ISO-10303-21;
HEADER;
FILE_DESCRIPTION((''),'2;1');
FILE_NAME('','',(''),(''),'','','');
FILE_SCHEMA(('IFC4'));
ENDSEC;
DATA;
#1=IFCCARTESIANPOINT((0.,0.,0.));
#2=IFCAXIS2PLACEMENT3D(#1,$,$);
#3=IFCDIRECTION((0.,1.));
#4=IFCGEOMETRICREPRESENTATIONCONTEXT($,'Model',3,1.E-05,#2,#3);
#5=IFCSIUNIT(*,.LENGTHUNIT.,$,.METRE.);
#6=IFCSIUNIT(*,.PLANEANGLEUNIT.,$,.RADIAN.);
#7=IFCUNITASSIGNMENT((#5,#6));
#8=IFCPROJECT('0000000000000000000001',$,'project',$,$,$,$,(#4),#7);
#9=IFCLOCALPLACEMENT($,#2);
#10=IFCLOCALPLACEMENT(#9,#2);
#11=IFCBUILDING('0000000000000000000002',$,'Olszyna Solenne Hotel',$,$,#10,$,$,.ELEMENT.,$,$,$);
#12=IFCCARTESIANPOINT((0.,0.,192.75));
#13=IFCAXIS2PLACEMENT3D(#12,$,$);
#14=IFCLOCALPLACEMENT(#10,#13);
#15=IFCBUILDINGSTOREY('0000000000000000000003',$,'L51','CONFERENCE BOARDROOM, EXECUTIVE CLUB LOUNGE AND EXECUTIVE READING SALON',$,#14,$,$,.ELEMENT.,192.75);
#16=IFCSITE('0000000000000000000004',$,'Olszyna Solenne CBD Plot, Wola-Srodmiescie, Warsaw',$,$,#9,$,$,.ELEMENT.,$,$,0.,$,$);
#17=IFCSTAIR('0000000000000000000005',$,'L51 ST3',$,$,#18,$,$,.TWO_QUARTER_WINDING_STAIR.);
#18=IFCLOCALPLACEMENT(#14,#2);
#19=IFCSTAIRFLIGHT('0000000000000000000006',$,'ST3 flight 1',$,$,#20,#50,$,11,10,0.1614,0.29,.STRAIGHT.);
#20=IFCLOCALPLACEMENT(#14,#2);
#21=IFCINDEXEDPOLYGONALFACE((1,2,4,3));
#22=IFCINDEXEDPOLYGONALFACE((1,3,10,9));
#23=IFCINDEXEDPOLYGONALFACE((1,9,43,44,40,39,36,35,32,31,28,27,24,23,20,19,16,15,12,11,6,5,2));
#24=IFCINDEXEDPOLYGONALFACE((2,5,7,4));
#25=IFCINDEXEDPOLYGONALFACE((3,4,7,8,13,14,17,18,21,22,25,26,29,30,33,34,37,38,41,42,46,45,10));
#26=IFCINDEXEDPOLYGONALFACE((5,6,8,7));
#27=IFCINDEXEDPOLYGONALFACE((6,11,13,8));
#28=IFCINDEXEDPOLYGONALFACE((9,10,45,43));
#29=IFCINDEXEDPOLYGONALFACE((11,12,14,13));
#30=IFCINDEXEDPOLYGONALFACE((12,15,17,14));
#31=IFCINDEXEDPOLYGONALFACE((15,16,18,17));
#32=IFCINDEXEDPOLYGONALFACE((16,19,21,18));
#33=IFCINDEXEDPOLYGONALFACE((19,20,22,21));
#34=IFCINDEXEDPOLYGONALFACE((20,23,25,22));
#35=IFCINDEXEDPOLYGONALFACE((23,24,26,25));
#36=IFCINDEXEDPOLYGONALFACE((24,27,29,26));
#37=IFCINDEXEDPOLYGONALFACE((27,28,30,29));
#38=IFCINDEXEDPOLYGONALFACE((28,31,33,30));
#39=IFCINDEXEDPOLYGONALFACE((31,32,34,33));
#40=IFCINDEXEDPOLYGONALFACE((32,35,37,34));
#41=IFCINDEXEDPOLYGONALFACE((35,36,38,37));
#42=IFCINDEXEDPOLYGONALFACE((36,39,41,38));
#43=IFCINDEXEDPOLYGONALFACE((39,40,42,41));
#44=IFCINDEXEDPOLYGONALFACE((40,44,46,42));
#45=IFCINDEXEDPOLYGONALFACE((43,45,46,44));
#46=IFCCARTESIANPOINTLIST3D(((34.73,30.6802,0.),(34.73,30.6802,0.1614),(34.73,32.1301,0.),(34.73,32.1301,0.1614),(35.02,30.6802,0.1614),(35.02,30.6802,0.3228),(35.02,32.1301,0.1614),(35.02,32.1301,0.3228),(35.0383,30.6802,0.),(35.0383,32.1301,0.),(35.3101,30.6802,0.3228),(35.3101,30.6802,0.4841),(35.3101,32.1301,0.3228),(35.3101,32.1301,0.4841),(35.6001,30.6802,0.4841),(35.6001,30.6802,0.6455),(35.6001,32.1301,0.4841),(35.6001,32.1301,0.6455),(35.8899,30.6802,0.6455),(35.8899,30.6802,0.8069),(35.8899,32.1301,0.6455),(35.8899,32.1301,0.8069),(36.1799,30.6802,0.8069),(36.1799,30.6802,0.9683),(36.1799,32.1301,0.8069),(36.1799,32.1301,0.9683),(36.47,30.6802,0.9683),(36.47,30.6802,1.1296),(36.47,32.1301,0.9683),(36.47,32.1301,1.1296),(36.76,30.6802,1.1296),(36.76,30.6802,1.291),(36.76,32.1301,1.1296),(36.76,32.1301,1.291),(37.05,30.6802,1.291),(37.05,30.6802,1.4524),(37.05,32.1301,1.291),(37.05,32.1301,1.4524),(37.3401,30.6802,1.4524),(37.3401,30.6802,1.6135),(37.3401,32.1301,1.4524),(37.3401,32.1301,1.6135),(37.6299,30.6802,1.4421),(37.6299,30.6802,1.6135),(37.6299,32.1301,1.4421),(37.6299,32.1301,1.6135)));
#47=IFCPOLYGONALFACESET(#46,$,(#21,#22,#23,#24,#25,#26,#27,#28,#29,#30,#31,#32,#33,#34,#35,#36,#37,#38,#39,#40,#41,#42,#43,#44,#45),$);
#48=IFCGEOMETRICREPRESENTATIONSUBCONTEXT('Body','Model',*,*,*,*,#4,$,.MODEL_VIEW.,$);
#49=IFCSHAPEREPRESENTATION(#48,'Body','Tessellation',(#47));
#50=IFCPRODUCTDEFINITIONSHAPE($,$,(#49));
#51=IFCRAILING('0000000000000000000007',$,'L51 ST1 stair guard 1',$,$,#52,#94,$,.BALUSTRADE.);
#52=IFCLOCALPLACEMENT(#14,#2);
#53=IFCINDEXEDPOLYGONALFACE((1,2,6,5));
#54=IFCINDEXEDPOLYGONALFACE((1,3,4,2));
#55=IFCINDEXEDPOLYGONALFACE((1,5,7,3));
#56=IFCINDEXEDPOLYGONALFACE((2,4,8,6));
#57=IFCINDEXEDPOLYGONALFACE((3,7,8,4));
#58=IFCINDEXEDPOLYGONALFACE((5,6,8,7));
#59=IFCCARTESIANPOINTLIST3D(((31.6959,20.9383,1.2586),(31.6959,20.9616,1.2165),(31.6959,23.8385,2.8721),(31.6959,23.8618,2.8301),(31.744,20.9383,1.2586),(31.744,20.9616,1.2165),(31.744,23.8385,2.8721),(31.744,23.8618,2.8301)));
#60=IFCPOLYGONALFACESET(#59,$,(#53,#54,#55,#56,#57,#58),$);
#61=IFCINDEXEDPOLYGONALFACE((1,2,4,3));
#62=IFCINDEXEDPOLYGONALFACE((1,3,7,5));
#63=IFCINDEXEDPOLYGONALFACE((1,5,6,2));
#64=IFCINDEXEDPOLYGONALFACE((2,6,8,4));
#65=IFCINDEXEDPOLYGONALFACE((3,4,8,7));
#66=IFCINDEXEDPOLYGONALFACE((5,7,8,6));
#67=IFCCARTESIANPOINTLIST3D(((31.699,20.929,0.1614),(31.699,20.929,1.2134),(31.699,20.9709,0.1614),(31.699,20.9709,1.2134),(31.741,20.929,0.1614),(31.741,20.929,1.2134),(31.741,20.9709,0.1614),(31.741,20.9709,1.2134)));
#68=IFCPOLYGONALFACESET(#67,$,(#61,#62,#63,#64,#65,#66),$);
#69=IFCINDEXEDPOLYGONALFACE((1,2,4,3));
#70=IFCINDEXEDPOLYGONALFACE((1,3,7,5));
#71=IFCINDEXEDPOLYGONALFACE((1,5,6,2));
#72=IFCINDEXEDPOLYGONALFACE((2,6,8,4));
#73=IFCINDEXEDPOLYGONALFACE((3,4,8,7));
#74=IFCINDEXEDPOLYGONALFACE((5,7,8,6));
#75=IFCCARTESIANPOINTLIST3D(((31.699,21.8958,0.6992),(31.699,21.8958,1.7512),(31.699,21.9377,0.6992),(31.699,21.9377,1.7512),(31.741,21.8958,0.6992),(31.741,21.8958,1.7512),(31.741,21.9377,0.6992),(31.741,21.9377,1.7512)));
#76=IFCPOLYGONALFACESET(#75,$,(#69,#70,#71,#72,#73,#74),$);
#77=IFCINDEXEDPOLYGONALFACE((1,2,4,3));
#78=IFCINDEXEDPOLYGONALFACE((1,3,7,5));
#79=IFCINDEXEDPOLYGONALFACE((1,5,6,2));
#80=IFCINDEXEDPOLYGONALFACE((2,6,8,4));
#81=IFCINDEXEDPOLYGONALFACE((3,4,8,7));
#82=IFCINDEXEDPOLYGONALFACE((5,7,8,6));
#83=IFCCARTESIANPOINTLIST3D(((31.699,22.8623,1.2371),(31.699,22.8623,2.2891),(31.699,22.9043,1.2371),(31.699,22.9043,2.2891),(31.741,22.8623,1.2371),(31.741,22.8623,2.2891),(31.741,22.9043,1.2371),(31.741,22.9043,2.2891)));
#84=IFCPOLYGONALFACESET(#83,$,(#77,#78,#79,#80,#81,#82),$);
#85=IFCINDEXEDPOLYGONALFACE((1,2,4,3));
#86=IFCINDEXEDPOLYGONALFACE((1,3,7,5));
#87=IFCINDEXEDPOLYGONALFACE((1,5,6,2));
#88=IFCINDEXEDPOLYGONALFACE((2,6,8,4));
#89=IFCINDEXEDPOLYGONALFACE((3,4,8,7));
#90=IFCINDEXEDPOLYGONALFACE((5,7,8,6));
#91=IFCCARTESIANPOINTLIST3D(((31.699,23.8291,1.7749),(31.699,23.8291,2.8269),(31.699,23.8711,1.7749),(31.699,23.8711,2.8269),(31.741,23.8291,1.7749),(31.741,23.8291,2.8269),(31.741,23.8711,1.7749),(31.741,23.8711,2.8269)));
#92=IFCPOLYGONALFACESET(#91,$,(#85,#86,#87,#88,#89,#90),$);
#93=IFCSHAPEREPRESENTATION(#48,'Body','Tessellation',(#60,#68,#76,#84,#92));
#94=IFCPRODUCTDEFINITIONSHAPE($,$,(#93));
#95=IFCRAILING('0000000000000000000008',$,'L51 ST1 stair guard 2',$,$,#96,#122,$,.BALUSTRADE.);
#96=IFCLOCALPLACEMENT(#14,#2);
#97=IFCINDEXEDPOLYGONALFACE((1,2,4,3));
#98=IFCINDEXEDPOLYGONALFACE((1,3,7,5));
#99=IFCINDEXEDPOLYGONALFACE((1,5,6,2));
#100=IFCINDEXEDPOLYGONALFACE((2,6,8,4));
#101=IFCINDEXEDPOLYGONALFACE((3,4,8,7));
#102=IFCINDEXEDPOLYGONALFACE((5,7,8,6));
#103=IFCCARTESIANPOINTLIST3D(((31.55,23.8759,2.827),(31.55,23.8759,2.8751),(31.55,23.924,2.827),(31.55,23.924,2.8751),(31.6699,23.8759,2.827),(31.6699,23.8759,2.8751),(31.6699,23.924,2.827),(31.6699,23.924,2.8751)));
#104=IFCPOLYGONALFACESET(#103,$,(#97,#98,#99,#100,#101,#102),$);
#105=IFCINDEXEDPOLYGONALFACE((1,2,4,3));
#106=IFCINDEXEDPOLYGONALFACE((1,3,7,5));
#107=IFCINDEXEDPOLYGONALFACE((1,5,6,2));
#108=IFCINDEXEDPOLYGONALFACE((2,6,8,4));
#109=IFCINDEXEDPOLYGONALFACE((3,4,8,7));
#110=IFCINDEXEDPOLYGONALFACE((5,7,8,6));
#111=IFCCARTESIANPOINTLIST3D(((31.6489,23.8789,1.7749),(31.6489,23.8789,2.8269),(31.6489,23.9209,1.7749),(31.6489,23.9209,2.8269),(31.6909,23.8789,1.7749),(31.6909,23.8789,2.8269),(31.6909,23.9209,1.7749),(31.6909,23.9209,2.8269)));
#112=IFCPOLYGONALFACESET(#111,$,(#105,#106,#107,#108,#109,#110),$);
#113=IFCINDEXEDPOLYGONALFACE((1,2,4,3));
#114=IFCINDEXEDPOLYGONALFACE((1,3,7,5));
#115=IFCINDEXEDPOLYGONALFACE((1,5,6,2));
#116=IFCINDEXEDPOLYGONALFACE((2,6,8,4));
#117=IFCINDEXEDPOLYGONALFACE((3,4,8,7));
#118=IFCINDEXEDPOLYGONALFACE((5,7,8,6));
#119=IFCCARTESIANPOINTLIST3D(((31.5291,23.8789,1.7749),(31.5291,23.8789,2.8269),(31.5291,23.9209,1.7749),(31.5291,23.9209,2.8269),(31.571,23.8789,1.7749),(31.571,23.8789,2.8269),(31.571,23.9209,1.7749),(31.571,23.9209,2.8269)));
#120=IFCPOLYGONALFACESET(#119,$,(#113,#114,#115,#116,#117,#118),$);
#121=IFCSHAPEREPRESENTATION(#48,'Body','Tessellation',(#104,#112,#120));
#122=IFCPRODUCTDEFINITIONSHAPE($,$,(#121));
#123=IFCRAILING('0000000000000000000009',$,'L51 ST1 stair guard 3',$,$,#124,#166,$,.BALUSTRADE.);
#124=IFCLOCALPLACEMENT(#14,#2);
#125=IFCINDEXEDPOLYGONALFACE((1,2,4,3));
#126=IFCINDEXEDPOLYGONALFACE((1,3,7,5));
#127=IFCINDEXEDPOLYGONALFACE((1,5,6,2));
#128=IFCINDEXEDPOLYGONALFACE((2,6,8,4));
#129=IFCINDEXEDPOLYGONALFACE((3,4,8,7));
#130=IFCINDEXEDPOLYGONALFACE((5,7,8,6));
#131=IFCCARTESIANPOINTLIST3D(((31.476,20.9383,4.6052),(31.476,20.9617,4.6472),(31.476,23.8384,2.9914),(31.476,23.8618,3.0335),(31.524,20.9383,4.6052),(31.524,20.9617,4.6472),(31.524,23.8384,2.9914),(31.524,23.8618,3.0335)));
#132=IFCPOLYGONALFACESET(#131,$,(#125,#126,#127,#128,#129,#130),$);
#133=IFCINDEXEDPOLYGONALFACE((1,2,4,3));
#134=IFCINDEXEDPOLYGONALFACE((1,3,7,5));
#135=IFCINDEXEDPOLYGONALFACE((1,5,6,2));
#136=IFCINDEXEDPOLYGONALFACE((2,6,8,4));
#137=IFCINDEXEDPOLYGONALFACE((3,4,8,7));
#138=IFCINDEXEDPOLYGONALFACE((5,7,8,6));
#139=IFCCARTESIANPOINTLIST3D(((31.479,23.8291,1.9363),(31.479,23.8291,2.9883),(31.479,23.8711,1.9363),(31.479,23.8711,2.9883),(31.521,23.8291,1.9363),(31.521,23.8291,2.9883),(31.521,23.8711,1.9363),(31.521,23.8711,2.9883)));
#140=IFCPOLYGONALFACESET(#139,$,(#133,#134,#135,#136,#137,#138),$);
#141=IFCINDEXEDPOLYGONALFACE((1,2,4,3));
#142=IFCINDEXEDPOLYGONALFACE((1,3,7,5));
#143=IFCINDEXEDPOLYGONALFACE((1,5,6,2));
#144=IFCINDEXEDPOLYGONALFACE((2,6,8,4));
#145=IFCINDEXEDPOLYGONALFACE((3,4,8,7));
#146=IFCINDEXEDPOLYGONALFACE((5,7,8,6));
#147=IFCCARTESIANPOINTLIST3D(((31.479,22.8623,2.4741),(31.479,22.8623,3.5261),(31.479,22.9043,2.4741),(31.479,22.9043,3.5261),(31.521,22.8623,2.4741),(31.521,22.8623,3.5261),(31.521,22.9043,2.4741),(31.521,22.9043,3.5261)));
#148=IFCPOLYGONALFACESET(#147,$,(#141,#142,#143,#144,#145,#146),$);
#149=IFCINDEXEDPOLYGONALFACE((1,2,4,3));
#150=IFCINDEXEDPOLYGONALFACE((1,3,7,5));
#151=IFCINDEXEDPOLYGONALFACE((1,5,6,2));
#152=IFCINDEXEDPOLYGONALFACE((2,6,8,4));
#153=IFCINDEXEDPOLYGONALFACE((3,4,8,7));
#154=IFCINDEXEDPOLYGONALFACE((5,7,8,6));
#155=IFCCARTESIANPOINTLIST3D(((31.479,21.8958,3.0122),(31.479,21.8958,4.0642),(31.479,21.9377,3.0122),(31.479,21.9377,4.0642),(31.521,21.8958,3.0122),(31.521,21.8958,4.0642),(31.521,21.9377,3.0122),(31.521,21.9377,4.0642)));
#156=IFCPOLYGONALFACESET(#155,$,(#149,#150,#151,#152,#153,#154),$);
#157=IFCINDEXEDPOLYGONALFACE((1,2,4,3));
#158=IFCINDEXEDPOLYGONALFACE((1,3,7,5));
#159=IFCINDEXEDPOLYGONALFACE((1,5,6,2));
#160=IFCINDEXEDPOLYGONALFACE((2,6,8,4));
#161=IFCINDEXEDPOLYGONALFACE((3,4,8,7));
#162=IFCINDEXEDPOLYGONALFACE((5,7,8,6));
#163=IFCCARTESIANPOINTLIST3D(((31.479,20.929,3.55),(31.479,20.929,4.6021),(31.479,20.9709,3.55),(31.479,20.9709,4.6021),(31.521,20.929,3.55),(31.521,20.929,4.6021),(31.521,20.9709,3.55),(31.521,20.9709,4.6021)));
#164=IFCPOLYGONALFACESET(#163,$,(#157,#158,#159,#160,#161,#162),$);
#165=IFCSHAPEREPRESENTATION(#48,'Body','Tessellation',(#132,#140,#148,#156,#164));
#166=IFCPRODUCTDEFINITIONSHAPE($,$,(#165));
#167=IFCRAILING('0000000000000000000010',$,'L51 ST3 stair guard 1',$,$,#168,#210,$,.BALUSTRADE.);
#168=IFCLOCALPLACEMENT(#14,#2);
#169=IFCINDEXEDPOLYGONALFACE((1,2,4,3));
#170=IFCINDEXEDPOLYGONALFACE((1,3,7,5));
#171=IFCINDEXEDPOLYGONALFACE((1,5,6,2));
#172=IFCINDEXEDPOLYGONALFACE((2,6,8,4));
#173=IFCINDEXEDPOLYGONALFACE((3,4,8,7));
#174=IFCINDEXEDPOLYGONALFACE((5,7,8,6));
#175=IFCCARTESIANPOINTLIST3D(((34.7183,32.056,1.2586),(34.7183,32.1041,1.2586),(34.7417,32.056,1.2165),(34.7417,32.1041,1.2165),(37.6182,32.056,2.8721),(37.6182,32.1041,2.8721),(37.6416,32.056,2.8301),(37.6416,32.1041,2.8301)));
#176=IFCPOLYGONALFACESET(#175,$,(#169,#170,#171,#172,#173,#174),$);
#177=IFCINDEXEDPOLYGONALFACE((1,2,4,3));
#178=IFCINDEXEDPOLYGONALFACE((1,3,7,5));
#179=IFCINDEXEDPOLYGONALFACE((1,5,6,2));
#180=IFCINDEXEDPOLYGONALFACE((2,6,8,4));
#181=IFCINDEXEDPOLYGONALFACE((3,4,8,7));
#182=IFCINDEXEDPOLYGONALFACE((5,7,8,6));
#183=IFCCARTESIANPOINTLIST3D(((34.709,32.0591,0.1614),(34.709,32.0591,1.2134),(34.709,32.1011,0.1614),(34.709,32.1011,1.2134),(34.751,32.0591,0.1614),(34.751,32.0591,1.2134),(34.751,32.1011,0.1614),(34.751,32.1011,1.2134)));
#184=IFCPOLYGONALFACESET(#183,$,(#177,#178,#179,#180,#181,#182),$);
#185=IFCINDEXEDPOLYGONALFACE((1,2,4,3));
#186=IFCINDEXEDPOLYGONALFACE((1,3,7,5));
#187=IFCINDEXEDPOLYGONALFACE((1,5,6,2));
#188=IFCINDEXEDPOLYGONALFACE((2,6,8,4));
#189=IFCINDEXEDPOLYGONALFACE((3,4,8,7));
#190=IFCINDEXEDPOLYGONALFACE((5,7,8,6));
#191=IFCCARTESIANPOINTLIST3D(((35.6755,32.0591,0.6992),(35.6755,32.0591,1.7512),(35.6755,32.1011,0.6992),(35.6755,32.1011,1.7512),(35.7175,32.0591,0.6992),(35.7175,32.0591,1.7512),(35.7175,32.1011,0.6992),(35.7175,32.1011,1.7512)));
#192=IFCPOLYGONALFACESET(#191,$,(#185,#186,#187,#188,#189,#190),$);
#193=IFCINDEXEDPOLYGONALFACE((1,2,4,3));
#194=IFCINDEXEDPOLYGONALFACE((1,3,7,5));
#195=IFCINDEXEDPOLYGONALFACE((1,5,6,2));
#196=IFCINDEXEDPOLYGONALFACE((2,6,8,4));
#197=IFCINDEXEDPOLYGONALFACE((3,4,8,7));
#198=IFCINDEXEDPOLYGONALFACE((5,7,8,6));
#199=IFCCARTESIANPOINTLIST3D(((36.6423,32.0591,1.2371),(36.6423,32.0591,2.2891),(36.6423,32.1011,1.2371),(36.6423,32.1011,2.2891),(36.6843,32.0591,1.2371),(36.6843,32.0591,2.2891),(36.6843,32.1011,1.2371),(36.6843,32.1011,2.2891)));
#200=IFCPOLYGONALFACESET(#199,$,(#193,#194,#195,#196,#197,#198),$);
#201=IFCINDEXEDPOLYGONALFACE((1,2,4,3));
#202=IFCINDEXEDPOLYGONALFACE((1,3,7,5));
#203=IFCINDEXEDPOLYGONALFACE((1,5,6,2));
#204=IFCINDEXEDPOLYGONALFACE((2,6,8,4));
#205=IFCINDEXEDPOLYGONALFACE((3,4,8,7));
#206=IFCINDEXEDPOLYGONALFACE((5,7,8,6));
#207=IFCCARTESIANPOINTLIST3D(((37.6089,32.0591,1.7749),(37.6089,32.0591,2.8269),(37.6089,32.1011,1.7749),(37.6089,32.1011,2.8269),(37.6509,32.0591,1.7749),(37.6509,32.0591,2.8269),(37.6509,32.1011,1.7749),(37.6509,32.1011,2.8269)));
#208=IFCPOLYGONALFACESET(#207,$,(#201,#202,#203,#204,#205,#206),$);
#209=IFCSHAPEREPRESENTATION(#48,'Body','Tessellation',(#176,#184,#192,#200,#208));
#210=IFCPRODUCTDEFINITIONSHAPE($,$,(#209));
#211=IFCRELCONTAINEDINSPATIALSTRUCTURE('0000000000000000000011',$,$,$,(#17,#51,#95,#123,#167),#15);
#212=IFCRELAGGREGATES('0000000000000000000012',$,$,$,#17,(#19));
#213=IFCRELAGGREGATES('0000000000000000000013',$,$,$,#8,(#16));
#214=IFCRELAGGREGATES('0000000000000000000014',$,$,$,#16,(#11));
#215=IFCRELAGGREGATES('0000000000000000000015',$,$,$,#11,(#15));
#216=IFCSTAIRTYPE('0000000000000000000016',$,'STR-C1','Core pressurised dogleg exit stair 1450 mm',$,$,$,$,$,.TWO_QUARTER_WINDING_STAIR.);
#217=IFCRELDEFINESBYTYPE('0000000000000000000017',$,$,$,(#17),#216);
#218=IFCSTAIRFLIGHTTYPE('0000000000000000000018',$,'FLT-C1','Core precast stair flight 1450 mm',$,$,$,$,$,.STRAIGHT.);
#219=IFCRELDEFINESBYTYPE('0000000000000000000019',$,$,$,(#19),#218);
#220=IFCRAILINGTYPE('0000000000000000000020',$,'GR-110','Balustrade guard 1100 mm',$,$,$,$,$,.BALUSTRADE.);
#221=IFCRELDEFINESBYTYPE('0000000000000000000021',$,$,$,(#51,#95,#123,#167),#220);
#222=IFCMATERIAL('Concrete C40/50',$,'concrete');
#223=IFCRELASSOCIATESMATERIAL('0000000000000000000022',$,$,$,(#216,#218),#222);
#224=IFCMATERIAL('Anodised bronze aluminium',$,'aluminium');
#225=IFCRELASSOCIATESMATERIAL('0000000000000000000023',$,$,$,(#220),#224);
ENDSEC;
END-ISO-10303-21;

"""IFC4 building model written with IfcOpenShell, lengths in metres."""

from ifc_helpers import new_model, si_unit, direction, frame, origin, origin_2d, place, context, subcontext, project, spatial, polyline, rectangle, outline, extrude, material, type_object, element, aggregate, save


model = new_model("IFC4")

# Units and contexts
model_context = context("Model", 3, precision=1e-05, world=origin(), true_north=direction((0.0, 1.0)))
body_context = subcontext(model_context, "Body", "Model", "MODEL_VIEW")
ifc_project = project(units=[si_unit("LENGTHUNIT", "METRE"), si_unit("PLANEANGLEUNIT", "RADIAN")], contexts=[model_context])

# Site, building, storey
site_placement = place(None, origin())
site = spatial("IfcSite", under=ifc_project, at=site_placement, Name="Olszyna Solenne CBD Plot, Wola-Srodmiescie, Warsaw", CompositionType="ELEMENT", RefElevation=0.0)
building_placement = place(site_placement, origin())
building = spatial("IfcBuilding", under=site, at=building_placement, Name="Olszyna Solenne Hotel", CompositionType="ELEMENT")
storey_placement = place(building_placement, frame((0.0, 0.0, 192.75)))
storey = spatial("IfcBuildingStorey", under=building, at=storey_placement, Name="L51", Description="CONFERENCE BOARDROOM, EXECUTIVE CLUB LOUNGE AND EXECUTIVE READING SALON", CompositionType="ELEMENT", Elevation=192.75)

# Shared definitions
ifc_material_1 = material(Name="Concrete C40/50", Category="concrete")
stair_type = type_object("IfcStairType", Name="STR-C1", Description="Core pressurised dogleg exit stair 1450 mm", PredefinedType="TWO_QUARTER_WINDING_STAIR", material=ifc_material_1)
stair_flight_type = type_object("IfcStairFlightType", Name="FLT-C1", Description="Core precast stair flight 1450 mm", PredefinedType="STRAIGHT", material=ifc_material_1)

# Stair, stair flight
stair_1_placement = place(storey_placement, origin())
stair_1 = element("IfcStair", 1, at=stair_1_placement, inside=storey, type_object=stair_type, Name="L51 ST3", PredefinedType="TWO_QUARTER_WINDING_STAIR")
stair_flight_1_placement = place(storey_placement, frame((34.73, 31.405, 0.0), z_axis=(0.0, 0.0, 1.0), x_axis=(1.0, 0.0, 0.0)))
stair_flight_1 = element("IfcStairFlight", 2, at=stair_flight_1_placement, type_object=stair_flight_type, Name="ST3 flight 1", NumberOfRisers=11, NumberOfTreads=10, PredefinedType="STRAIGHT", RiserHeight=0.1614, TreadLength=0.29, context=body_context, shape_type="SweptSolid", body=[
    extrude(outline(polyline([(0.0, 0.0), (0.0, 0.1614), (0.29, 0.1614), (0.29, 0.3228), (0.5801, 0.3228), (0.5801, 0.4841), (0.8701, 0.4841), (0.8701, 0.6455), (1.1599, 0.6455), (1.1599, 0.8069), (1.45, 0.8069), (1.45, 0.9683), (1.74, 0.9683), (1.74, 1.1296), (2.03, 1.1296), (2.03, 1.291), (2.3201, 1.291), (2.3201, 1.4524), (2.6101, 1.4524), (2.6101, 1.6135), (2.8999, 1.6135), (2.8999, 1.7749), (2.8999, 1.4421), (0.3083, 0.0), (0.0, 0.0)])), frame((0.0, 0.7251, 0.0), z_axis=(0.0, -1.0, 0.0), x_axis=(1.0, 0.0, 0.0)), (0.0, 0.0, 1.0), 1.45),
])
aggregate(stair_1, [stair_flight_1])

# Railings
ifc_material_2 = material(Name="Anodised bronze aluminium", Category="aluminium")
railing_type_1 = type_object("IfcRailingType", Name="GR-110", Description="Balustrade guard 1100 mm", PredefinedType="BALUSTRADE", material=ifc_material_2)
railing_1_placement = place(storey_placement, frame((31.72, 20.95, 0.1614)))
element("IfcRailing", 3, at=railing_1_placement, inside=storey, type_object=railing_type_1, Name="L51 ST1 stair guard 1", PredefinedType="BALUSTRADE", context=body_context, shape_type="SweptSolid", body=[
    extrude(rectangle(XDim=0.0481, YDim=0.0481, at=origin_2d()), frame((0.0, 0.0, 1.0762), z_axis=(0.0, 0.873859, 0.48618), x_axis=(-1.0, 0.0, 0.0)), (0.0, 0.0, 1.0), 3.3188),
    extrude(rectangle(XDim=0.042, YDim=0.042, at=origin_2d()), origin(), (0.0, 0.0, 1.0), 1.052),
    extrude(rectangle(XDim=0.042, YDim=0.042, at=origin_2d()), frame((0.0, 0.9668, 0.5378)), (0.0, 0.0, 1.0), 1.052),
    extrude(rectangle(XDim=0.042, YDim=0.042, at=origin_2d()), frame((0.0, 1.9333, 1.0757)), (0.0, 0.0, 1.0), 1.052),
    extrude(rectangle(XDim=0.042, YDim=0.042, at=origin_2d()), frame((0.0, 2.9001, 1.6135)), (0.0, 0.0, 1.0), 1.052),
])
railing_2_placement = place(storey_placement, frame((31.6699, 23.8999, 1.7749)))
element("IfcRailing", 4, at=railing_2_placement, inside=storey, type_object=railing_type_1, Name="L51 ST1 stair guard 2", PredefinedType="BALUSTRADE", context=body_context, shape_type="SweptSolid", body=[
    extrude(rectangle(XDim=0.0481, YDim=0.0481, at=origin_2d()), frame((0.0, 0.0, 1.0762), z_axis=(-1.0, 0.0, 0.0), x_axis=(0.0, -1.0, 0.0)), (0.0, 0.0, 1.0), 0.1199),
    extrude(rectangle(XDim=0.042, YDim=0.042, at=origin_2d()), origin(), (0.0, 0.0, 1.0), 1.052),
    extrude(rectangle(XDim=0.042, YDim=0.042, at=origin_2d()), frame((-0.1199, 0.0, 0.0)), (0.0, 0.0, 1.0), 1.052),
])
railing_3_placement = place(storey_placement, frame((31.5, 23.8501, 1.9363)))
element("IfcRailing", 5, at=railing_3_placement, inside=storey, type_object=railing_type_1, Name="L51 ST1 stair guard 3", PredefinedType="BALUSTRADE", context=body_context, shape_type="SweptSolid", body=[
    extrude(rectangle(XDim=0.0481, YDim=0.0481, at=origin_2d()), frame((0.0, 0.0, 1.0762), z_axis=(0.0, -0.873827, 0.486236), x_axis=(1.0, 0.0, 0.0)), (0.0, 0.0, 1.0), 3.3188),
    extrude(rectangle(XDim=0.042, YDim=0.042, at=origin_2d()), origin(), (0.0, 0.0, 1.0), 1.052),
    extrude(rectangle(XDim=0.042, YDim=0.042, at=origin_2d()), frame((0.0, -0.9668, 0.5378)), (0.0, 0.0, 1.0), 1.052),
    extrude(rectangle(XDim=0.042, YDim=0.042, at=origin_2d()), frame((0.0, -1.9333, 1.0759)), (0.0, 0.0, 1.0), 1.052),
    extrude(rectangle(XDim=0.042, YDim=0.042, at=origin_2d()), frame((0.0, -2.9001, 1.6138)), (0.0, 0.0, 1.0), 1.052),
])
railing_4_placement = place(storey_placement, frame((34.73, 32.0801, 0.1614)))
element("IfcRailing", 6, at=railing_4_placement, inside=storey, type_object=railing_type_1, Name="L51 ST3 stair guard 1", PredefinedType="BALUSTRADE", context=body_context, shape_type="SweptSolid", body=[
    extrude(rectangle(XDim=0.0481, YDim=0.0481, at=origin_2d()), frame((0.0, 0.0, 1.0762), z_axis=(0.873841, 0.0, 0.486211), x_axis=(0.0, 1.0, 0.0)), (0.0, 0.0, 1.0), 3.3186),
    extrude(rectangle(XDim=0.042, YDim=0.042, at=origin_2d()), origin(), (0.0, 0.0, 1.0), 1.052),
    extrude(rectangle(XDim=0.042, YDim=0.042, at=origin_2d()), frame((0.9666, 0.0, 0.5378)), (0.0, 0.0, 1.0), 1.052),
    extrude(rectangle(XDim=0.042, YDim=0.042, at=origin_2d()), frame((1.9333, 0.0, 1.0757)), (0.0, 0.0, 1.0), 1.052),
    extrude(rectangle(XDim=0.042, YDim=0.042, at=origin_2d()), frame((2.8999, 0.0, 1.6135)), (0.0, 0.0, 1.0), 1.052),
])

save(model, "model.ifc")
